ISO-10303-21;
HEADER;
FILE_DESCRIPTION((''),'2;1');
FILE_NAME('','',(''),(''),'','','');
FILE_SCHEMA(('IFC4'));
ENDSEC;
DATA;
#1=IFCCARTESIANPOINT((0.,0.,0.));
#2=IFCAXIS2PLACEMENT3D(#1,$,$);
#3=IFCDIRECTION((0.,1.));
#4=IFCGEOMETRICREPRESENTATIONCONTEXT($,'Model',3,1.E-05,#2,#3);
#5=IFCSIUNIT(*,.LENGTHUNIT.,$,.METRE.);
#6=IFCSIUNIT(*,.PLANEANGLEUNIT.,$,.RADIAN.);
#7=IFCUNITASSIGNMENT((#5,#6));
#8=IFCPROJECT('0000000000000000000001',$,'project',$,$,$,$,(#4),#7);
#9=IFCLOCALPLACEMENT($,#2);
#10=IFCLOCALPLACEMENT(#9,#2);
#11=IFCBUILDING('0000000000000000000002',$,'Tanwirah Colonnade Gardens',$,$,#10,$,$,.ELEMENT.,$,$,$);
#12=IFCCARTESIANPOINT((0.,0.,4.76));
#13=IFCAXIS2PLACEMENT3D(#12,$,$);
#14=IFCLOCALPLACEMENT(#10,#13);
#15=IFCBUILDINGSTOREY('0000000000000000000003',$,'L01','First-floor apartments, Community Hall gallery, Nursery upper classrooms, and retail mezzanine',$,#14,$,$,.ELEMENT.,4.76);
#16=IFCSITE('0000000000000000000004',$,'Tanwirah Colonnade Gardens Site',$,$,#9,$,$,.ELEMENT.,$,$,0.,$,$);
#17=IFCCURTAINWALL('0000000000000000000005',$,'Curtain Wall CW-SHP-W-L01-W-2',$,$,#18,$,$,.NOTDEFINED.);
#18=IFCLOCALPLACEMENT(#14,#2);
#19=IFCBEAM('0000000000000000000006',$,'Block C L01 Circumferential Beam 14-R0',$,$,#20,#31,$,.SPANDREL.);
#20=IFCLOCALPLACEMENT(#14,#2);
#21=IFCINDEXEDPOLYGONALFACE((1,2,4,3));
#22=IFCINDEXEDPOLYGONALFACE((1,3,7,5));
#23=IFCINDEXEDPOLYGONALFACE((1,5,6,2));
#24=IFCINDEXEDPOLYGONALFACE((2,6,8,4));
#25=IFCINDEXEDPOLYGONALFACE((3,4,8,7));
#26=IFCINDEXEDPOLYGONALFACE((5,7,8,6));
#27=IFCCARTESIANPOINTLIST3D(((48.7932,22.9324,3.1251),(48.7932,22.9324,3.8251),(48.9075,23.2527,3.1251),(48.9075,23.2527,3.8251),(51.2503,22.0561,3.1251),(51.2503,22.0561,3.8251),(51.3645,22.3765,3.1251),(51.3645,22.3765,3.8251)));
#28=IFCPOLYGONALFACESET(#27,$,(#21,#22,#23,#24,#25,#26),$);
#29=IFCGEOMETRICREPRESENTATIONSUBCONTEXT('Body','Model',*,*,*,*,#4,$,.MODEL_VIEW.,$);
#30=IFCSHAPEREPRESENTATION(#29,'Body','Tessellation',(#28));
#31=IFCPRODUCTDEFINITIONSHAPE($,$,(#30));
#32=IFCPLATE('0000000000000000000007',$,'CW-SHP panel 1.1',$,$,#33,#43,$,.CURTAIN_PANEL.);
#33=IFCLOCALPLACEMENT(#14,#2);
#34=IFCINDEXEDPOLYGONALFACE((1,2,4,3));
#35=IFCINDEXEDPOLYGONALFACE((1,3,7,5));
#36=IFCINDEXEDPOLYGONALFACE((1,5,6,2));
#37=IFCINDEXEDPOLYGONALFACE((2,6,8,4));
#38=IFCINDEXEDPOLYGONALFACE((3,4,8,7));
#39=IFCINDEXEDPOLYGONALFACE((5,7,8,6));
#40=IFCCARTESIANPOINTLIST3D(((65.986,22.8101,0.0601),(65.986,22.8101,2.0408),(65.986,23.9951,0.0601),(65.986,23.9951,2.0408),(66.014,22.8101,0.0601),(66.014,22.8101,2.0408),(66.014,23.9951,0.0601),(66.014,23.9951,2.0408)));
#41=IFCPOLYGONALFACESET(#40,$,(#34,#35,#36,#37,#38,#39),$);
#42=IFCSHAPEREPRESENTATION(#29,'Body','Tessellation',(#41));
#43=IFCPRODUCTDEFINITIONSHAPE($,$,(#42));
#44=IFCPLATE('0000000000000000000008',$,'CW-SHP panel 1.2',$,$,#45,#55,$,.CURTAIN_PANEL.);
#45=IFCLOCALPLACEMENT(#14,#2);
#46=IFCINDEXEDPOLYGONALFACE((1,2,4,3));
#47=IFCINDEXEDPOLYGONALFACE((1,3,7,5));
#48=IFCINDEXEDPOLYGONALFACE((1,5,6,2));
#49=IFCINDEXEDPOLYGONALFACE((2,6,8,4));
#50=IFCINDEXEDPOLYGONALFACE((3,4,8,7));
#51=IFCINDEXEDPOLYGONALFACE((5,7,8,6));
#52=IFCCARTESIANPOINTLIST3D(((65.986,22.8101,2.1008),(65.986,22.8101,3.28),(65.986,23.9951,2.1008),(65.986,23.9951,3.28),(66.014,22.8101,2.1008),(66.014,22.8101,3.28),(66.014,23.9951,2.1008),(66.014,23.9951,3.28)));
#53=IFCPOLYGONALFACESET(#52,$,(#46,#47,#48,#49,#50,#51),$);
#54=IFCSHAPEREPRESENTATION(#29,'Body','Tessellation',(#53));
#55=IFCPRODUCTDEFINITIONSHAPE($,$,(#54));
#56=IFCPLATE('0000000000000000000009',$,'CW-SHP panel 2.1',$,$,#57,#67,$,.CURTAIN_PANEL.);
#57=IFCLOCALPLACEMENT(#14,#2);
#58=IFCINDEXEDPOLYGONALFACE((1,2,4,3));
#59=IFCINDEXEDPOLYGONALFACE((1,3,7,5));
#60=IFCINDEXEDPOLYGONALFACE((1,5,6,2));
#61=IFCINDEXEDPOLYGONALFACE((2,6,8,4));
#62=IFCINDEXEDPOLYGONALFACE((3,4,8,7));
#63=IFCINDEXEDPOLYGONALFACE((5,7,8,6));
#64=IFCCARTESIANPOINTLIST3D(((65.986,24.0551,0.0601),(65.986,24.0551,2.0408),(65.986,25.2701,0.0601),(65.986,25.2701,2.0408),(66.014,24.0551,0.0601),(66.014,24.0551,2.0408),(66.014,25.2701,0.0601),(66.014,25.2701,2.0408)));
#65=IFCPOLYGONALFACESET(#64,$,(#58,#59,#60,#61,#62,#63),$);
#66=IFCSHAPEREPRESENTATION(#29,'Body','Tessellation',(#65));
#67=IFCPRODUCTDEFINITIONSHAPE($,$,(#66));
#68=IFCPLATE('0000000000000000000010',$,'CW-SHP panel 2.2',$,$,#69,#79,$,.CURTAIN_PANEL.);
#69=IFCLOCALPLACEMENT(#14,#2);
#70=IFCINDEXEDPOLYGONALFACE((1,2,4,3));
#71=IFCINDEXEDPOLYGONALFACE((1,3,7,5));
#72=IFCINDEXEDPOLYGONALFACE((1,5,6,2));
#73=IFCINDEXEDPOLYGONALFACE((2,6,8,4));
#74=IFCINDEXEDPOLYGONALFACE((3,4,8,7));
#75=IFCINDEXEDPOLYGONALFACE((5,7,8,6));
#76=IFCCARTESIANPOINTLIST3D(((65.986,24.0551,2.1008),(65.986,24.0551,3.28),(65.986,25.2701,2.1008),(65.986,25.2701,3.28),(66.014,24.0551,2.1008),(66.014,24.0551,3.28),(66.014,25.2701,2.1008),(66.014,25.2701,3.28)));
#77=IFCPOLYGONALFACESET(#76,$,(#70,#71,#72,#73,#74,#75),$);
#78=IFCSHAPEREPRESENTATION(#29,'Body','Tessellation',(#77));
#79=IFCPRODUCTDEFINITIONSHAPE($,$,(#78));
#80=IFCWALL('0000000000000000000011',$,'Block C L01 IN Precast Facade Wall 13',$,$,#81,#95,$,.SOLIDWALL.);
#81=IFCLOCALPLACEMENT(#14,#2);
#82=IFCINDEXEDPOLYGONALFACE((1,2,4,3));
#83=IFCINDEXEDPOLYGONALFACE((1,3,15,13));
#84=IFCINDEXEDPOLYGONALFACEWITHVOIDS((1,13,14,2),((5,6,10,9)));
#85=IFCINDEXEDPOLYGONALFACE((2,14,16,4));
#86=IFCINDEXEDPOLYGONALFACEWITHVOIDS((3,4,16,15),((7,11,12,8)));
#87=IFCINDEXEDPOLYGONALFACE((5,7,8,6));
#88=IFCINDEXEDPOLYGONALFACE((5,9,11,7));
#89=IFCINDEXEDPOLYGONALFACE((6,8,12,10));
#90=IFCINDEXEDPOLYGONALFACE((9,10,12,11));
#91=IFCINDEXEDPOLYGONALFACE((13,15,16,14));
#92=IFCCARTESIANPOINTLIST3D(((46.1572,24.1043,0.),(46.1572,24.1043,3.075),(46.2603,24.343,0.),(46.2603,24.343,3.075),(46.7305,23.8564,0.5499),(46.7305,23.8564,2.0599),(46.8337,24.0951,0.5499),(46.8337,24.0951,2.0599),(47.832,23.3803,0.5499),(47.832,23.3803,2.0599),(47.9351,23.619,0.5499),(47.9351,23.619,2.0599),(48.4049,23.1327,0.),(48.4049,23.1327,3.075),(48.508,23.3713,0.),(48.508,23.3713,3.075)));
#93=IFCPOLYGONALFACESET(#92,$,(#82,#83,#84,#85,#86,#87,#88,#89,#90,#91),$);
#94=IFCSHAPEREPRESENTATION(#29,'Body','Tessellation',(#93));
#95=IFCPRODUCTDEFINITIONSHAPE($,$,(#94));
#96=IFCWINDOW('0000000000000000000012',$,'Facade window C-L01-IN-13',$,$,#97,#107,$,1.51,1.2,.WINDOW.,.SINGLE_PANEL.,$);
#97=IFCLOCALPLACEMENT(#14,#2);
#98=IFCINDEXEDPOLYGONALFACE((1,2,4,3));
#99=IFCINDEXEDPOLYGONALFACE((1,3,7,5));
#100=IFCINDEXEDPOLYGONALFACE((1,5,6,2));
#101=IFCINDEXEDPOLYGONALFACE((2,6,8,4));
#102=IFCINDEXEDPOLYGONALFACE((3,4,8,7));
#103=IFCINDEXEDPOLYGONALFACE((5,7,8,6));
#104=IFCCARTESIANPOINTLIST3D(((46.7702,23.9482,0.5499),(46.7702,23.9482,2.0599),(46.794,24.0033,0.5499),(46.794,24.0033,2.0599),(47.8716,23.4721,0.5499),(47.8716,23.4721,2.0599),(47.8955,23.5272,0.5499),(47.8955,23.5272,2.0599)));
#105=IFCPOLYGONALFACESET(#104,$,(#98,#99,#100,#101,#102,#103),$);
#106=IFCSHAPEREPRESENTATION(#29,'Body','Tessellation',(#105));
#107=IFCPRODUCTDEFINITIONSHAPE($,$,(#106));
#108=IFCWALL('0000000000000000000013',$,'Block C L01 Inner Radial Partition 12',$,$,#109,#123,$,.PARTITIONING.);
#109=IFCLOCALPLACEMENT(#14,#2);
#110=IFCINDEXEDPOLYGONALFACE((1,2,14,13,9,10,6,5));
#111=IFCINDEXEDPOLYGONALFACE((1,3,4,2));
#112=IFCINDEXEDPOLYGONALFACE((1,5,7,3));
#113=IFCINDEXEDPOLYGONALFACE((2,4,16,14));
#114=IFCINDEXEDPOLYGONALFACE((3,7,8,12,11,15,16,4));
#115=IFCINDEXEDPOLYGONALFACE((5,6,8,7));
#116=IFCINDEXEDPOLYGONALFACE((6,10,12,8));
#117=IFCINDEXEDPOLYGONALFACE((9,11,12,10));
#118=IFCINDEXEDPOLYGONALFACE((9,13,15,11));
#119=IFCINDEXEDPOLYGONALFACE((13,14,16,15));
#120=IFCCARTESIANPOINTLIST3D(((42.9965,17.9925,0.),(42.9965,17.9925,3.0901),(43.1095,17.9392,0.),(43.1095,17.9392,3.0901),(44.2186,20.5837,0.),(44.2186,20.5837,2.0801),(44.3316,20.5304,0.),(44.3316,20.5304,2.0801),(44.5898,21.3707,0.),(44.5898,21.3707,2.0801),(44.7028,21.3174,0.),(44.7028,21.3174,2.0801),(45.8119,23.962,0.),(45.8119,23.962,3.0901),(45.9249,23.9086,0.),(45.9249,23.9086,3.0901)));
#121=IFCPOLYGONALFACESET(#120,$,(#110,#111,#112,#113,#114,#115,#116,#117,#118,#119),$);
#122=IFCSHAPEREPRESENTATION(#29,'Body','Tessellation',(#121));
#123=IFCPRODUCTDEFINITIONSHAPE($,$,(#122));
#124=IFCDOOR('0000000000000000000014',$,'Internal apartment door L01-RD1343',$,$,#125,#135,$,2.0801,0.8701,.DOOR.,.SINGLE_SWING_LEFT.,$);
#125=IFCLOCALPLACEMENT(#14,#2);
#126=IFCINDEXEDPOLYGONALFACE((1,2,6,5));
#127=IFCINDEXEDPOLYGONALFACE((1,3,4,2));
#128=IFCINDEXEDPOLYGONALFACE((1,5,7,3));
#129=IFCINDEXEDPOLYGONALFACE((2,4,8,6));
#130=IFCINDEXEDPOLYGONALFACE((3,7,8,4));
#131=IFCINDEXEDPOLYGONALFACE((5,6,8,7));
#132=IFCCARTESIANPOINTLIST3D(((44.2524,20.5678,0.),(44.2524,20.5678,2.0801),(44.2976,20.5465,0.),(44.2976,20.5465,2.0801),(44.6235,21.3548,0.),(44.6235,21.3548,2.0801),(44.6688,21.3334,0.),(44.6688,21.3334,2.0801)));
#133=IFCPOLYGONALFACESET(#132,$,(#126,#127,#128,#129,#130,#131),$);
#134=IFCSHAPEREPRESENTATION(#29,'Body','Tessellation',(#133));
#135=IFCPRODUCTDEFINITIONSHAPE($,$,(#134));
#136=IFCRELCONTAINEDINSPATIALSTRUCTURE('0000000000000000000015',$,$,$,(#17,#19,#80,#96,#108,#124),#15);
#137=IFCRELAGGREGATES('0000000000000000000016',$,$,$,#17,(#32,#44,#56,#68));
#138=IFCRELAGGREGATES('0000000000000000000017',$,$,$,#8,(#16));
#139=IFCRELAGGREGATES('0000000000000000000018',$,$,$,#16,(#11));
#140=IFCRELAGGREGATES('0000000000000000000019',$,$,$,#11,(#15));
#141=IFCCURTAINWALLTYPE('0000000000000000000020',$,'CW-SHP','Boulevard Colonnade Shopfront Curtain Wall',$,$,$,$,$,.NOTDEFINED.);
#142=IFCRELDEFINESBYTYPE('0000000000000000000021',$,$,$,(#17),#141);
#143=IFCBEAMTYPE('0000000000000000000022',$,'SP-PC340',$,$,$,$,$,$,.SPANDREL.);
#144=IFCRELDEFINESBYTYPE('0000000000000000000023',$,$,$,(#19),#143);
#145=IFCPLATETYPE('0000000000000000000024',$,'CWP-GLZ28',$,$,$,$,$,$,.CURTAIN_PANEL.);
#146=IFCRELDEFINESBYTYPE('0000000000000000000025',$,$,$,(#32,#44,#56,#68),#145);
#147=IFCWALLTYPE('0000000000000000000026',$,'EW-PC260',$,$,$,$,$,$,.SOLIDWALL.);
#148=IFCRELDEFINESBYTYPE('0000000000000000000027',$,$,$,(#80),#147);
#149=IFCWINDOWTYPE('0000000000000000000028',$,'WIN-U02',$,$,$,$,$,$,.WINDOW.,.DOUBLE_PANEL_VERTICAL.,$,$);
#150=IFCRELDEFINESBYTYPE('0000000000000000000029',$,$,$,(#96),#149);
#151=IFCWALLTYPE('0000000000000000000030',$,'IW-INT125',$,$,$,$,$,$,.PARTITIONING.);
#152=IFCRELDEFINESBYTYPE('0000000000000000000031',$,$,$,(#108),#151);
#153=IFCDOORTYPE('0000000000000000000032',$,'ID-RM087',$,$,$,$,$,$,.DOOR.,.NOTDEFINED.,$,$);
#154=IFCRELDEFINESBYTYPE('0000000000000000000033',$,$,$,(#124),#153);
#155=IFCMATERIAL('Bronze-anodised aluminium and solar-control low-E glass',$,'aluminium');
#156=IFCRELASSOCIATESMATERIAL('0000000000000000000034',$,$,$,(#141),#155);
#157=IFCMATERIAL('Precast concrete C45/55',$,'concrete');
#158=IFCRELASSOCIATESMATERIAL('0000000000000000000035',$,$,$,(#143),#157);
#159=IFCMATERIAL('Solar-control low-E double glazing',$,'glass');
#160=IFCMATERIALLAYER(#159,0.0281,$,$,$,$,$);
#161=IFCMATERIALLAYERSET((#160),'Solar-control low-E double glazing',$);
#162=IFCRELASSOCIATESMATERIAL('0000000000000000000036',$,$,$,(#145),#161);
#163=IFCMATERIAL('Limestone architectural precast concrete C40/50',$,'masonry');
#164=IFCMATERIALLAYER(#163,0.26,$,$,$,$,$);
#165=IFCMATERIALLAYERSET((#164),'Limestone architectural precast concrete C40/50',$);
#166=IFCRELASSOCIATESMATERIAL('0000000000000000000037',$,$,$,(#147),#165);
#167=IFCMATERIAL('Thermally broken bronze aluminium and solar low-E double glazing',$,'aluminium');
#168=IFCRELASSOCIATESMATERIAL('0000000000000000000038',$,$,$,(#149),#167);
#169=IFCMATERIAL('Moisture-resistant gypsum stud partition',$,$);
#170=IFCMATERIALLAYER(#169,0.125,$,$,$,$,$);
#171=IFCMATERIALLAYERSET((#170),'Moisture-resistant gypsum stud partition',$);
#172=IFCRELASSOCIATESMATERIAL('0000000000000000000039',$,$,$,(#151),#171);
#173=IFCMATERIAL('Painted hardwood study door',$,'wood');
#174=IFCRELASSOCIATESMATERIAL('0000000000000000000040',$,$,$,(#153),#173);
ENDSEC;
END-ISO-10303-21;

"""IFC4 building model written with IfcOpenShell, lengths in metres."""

from ifc_helpers import new_model, si_unit, direction, frame, frame_2d, origin, origin_2d, place, context, subcontext, project, spatial, rectangle, extrude, material, layer, layer_set, material_profile, profile_set, type_object, element, fill, aggregate, save


model = new_model("IFC4")

# Units and contexts
model_context = context("Model", 3, precision=1e-05, world=origin(), true_north=direction((0.0, 1.0)))
body_context = subcontext(model_context, "Body", "Model", "MODEL_VIEW")
ifc_project = project(units=[si_unit("LENGTHUNIT", "METRE"), si_unit("PLANEANGLEUNIT", "RADIAN")], contexts=[model_context])

# Site, building, storey
site_placement = place(None, origin())
site = spatial("IfcSite", under=ifc_project, at=site_placement, Name="Tanwirah Colonnade Gardens Site", CompositionType="ELEMENT", RefElevation=0.0)
building_placement = place(site_placement, origin())
building = spatial("IfcBuilding", under=site, at=building_placement, Name="Tanwirah Colonnade Gardens", CompositionType="ELEMENT")
storey_placement = place(building_placement, frame((0.0, 0.0, 4.76)))
storey = spatial("IfcBuildingStorey", under=building, at=storey_placement, Name="L01", Description="First-floor apartments, Community Hall gallery, Nursery upper classrooms, and retail mezzanine", CompositionType="ELEMENT", Elevation=4.76)

# Shared definitions
ifc_material_1 = material(Name="Precast concrete C45/55", Category="concrete")

# Curtain wall
ifc_material_2 = material(Name="Bronze-anodised aluminium and solar-control low-E glass", Category="aluminium")
curtain_wall_type = type_object("IfcCurtainWallType", Name="CW-SHP", Description="Boulevard Colonnade Shopfront Curtain Wall", PredefinedType="NOTDEFINED", material=ifc_material_2)
curtain_wall_placement = place(storey_placement, origin())
curtain_wall = element("IfcCurtainWall", 1, at=curtain_wall_placement, inside=storey, type_object=curtain_wall_type, Name="Curtain Wall CW-SHP-W-L01-W-2", PredefinedType="NOTDEFINED")

# Beam
ifc_material_profile_1 = material_profile(ifc_material_1, rectangle(XDim=0.3401, YDim=0.7, at=origin_2d()), Name="PC-SP 340x700")
ifc_profile_set_1 = profile_set([ifc_material_profile_1], Name="Precast concrete C45/55")
beam_type_1 = type_object("IfcBeamType", Name="SP-PC340", PredefinedType="SPANDREL", material=ifc_profile_set_1)
for number, where, z_axis, x_axis, name in (
    (2, (48.8503, 23.0925, 3.4751), (0.941898, -0.335898, 0.0), (0.335898, 0.941898, 0.0), "Block C L01 Circumferential Beam 14-R0"),
):
    element("IfcBeam", number, at=place(storey_placement, frame(where, z_axis=z_axis, x_axis=x_axis)), inside=storey, type_object=beam_type_1, Name=name, PredefinedType="SPANDREL", context=body_context, shape_type="SweptSolid", body=[
        extrude(rectangle(XDim=0.3401, YDim=0.7, at=origin_2d()), origin(), (0.0, 0.0, 1.0), 2.6086),
    ])

# Plates
ifc_material_3 = material(Name="Solar-control low-E double glazing", Category="glass")
ifc_layer_1 = layer(ifc_material_3, 0.0281)
ifc_layer_set_1 = layer_set([ifc_layer_1], Name="Solar-control low-E double glazing")
plate_type = type_object("IfcPlateType", Name="CWP-GLZ28", PredefinedType="CURTAIN_PANEL", material=ifc_layer_set_1)
plate_1_placement = place(storey_placement, frame((66.0, 23.4026, 0.0601), z_axis=(0.0, 0.0, 1.0), x_axis=(0.0, 1.0, 0.0)))
plate_1 = element("IfcPlate", 3, at=plate_1_placement, type_object=plate_type, Name="CW-SHP panel 1.1", PredefinedType="CURTAIN_PANEL", context=body_context, shape_type="SweptSolid", body=[
    extrude(rectangle(XDim=1.1851, YDim=0.0281, at=origin_2d()), origin(), (0.0, 0.0, 1.0), 1.9807),
])
plate_2_placement = place(storey_placement, frame((66.0, 23.4026, 2.1008), z_axis=(0.0, 0.0, 1.0), x_axis=(0.0, 1.0, 0.0)))
plate_2 = element("IfcPlate", 4, at=plate_2_placement, type_object=plate_type, Name="CW-SHP panel 1.2", PredefinedType="CURTAIN_PANEL", context=body_context, shape_type="SweptSolid", body=[
    extrude(rectangle(XDim=1.1851, YDim=0.0281, at=origin_2d()), origin(), (0.0, 0.0, 1.0), 1.1792),
])
plate_3_placement = place(storey_placement, frame((66.0, 24.6626, 0.0601), z_axis=(0.0, 0.0, 1.0), x_axis=(0.0, 1.0, 0.0)))
plate_3 = element("IfcPlate", 5, at=plate_3_placement, type_object=plate_type, Name="CW-SHP panel 2.1", PredefinedType="CURTAIN_PANEL", context=body_context, shape_type="SweptSolid", body=[
    extrude(rectangle(XDim=1.2151, YDim=0.0281, at=origin_2d()), origin(), (0.0, 0.0, 1.0), 1.9807),
])
plate_4_placement = place(storey_placement, frame((66.0, 24.6626, 2.1008), z_axis=(0.0, 0.0, 1.0), x_axis=(0.0, 1.0, 0.0)))
plate_4 = element("IfcPlate", 6, at=plate_4_placement, type_object=plate_type, Name="CW-SHP panel 2.2", PredefinedType="CURTAIN_PANEL", context=body_context, shape_type="SweptSolid", body=[
    extrude(rectangle(XDim=1.2151, YDim=0.0281, at=origin_2d()), origin(), (0.0, 0.0, 1.0), 1.1792),
])
aggregate(curtain_wall, [plate_1, plate_2, plate_3, plate_4])

# Wall, opening, window
ifc_material_4 = material(Name="Limestone architectural precast concrete C40/50", Category="masonry")
ifc_layer_2 = layer(ifc_material_4, 0.26)
ifc_layer_set_2 = layer_set([ifc_layer_2], Name="Limestone architectural precast concrete C40/50")
wall_type_1 = type_object("IfcWallType", Name="EW-PC260", PredefinedType="SOLIDWALL", material=ifc_layer_set_2)
wall_1_placement = place(storey_placement, frame((46.2087, 24.2236, 0.0), z_axis=(0.0, 0.0, 1.0), x_axis=(0.917908, -0.396793, 0.0)))
wall_1 = element("IfcWall", 7, at=wall_1_placement, inside=storey, type_object=wall_type_1, Name="Block C L01 IN Precast Facade Wall 13", PredefinedType="SOLIDWALL", context=body_context, shape_type="SweptSolid", body=[
    extrude(rectangle(XDim=2.4487, YDim=0.26, at=frame_2d((1.2244, 0.0))), origin(), (0.0, 0.0, 1.0), 3.075),
])
opening_1_placement = place(wall_1_placement, frame((0.6245, 0.0, 0.55)))
opening_1 = element("IfcOpeningElement", 8, at=opening_1_placement, cuts=wall_1, PredefinedType="OPENING", context=body_context, shape_type="SweptSolid", body=[
    extrude(rectangle(XDim=1.2, YDim=1.51, at=frame_2d((0.6001, 0.7549))), frame((0.0, 0.1399, 0.0), z_axis=(0.0, -1.0, 0.0), x_axis=(1.0, 0.0, 0.0)), (0.0, 0.0, 1.0), 0.28),
])
ifc_material_5 = material(Name="Thermally broken bronze aluminium and solar low-E double glazing", Category="aluminium")
window_type = type_object("IfcWindowType", Name="WIN-U02", PartitioningType="DOUBLE_PANEL_VERTICAL", PredefinedType="WINDOW", material=ifc_material_5)
window_placement = place(opening_1_placement, origin())
window = element("IfcWindow", 9, at=window_placement, inside=storey, type_object=window_type, Name="Facade window C-L01-IN-13", OverallHeight=1.51, OverallWidth=1.2, PartitioningType="SINGLE_PANEL", PredefinedType="WINDOW", context=body_context, shape_type="SweptSolid", body=[
    extrude(rectangle(XDim=1.2, YDim=1.51, at=frame_2d((0.6001, 0.7549))), frame((0.0, 0.03, 0.0), z_axis=(0.0, -1.0, 0.0), x_axis=(1.0, 0.0, 0.0)), (0.0, 0.0, 1.0), 0.0601),
])
fill(opening_1, window)

# Wall, opening, door
ifc_material_6 = material(Name="Moisture-resistant gypsum stud partition")
ifc_layer_3 = layer(ifc_material_6, 0.125)
ifc_layer_set_3 = layer_set([ifc_layer_3], Name="Moisture-resistant gypsum stud partition")
wall_type_2 = type_object("IfcWallType", Name="IW-INT125", PredefinedType="PARTITIONING", material=ifc_layer_set_3)
wall_2_placement = place(storey_placement, frame((45.8684, 23.9353, 0.0), z_axis=(0.0, 0.0, 1.0), x_axis=(-0.426574, -0.904453, 0.0)))
wall_2 = element("IfcWall", 10, at=wall_2_placement, inside=storey, type_object=wall_type_2, Name="Block C L01 Inner Radial Partition 12", PredefinedType="PARTITIONING", context=body_context, shape_type="SweptSolid", body=[
    extrude(rectangle(XDim=6.6001, YDim=0.125, at=frame_2d((3.3, 0.0))), origin(), (0.0, 0.0, 1.0), 3.0901),
])
opening_2_placement = place(wall_2_placement, frame((2.865, 0.0, 0.0)))
opening_2 = element("IfcOpeningElement", 11, at=opening_2_placement, cuts=wall_2, PredefinedType="OPENING", context=body_context, shape_type="SweptSolid", body=[
    extrude(rectangle(XDim=0.8701, YDim=2.0801, at=frame_2d((0.4351, 1.04))), frame((0.0, 0.0725, 0.0), z_axis=(0.0, -1.0, 0.0), x_axis=(1.0, 0.0, 0.0)), (0.0, 0.0, 1.0), 0.145),
])
ifc_material_7 = material(Name="Painted hardwood study door", Category="wood")
door_type_1 = type_object("IfcDoorType", Name="ID-RM087", OperationType="NOTDEFINED", PredefinedType="DOOR", material=ifc_material_7)
door_1_placement = place(opening_2_placement, origin())
door_1 = element("IfcDoor", 12, at=door_1_placement, inside=storey, type_object=door_type_1, Name="Internal apartment door L01-RD1343", OperationType="SINGLE_SWING_LEFT", OverallHeight=2.0801, OverallWidth=0.8701, PredefinedType="DOOR", context=body_context, shape_type="SweptSolid", body=[
    extrude(rectangle(XDim=0.8701, YDim=2.0801, at=frame_2d((0.4351, 1.04))), frame((0.0, 0.0249, 0.0), z_axis=(0.0, -1.0, 0.0), x_axis=(1.0, 0.0, 0.0)), (0.0, 0.0, 1.0), 0.05),
])
fill(opening_2, door_1)

save(model, "model.ifc")
